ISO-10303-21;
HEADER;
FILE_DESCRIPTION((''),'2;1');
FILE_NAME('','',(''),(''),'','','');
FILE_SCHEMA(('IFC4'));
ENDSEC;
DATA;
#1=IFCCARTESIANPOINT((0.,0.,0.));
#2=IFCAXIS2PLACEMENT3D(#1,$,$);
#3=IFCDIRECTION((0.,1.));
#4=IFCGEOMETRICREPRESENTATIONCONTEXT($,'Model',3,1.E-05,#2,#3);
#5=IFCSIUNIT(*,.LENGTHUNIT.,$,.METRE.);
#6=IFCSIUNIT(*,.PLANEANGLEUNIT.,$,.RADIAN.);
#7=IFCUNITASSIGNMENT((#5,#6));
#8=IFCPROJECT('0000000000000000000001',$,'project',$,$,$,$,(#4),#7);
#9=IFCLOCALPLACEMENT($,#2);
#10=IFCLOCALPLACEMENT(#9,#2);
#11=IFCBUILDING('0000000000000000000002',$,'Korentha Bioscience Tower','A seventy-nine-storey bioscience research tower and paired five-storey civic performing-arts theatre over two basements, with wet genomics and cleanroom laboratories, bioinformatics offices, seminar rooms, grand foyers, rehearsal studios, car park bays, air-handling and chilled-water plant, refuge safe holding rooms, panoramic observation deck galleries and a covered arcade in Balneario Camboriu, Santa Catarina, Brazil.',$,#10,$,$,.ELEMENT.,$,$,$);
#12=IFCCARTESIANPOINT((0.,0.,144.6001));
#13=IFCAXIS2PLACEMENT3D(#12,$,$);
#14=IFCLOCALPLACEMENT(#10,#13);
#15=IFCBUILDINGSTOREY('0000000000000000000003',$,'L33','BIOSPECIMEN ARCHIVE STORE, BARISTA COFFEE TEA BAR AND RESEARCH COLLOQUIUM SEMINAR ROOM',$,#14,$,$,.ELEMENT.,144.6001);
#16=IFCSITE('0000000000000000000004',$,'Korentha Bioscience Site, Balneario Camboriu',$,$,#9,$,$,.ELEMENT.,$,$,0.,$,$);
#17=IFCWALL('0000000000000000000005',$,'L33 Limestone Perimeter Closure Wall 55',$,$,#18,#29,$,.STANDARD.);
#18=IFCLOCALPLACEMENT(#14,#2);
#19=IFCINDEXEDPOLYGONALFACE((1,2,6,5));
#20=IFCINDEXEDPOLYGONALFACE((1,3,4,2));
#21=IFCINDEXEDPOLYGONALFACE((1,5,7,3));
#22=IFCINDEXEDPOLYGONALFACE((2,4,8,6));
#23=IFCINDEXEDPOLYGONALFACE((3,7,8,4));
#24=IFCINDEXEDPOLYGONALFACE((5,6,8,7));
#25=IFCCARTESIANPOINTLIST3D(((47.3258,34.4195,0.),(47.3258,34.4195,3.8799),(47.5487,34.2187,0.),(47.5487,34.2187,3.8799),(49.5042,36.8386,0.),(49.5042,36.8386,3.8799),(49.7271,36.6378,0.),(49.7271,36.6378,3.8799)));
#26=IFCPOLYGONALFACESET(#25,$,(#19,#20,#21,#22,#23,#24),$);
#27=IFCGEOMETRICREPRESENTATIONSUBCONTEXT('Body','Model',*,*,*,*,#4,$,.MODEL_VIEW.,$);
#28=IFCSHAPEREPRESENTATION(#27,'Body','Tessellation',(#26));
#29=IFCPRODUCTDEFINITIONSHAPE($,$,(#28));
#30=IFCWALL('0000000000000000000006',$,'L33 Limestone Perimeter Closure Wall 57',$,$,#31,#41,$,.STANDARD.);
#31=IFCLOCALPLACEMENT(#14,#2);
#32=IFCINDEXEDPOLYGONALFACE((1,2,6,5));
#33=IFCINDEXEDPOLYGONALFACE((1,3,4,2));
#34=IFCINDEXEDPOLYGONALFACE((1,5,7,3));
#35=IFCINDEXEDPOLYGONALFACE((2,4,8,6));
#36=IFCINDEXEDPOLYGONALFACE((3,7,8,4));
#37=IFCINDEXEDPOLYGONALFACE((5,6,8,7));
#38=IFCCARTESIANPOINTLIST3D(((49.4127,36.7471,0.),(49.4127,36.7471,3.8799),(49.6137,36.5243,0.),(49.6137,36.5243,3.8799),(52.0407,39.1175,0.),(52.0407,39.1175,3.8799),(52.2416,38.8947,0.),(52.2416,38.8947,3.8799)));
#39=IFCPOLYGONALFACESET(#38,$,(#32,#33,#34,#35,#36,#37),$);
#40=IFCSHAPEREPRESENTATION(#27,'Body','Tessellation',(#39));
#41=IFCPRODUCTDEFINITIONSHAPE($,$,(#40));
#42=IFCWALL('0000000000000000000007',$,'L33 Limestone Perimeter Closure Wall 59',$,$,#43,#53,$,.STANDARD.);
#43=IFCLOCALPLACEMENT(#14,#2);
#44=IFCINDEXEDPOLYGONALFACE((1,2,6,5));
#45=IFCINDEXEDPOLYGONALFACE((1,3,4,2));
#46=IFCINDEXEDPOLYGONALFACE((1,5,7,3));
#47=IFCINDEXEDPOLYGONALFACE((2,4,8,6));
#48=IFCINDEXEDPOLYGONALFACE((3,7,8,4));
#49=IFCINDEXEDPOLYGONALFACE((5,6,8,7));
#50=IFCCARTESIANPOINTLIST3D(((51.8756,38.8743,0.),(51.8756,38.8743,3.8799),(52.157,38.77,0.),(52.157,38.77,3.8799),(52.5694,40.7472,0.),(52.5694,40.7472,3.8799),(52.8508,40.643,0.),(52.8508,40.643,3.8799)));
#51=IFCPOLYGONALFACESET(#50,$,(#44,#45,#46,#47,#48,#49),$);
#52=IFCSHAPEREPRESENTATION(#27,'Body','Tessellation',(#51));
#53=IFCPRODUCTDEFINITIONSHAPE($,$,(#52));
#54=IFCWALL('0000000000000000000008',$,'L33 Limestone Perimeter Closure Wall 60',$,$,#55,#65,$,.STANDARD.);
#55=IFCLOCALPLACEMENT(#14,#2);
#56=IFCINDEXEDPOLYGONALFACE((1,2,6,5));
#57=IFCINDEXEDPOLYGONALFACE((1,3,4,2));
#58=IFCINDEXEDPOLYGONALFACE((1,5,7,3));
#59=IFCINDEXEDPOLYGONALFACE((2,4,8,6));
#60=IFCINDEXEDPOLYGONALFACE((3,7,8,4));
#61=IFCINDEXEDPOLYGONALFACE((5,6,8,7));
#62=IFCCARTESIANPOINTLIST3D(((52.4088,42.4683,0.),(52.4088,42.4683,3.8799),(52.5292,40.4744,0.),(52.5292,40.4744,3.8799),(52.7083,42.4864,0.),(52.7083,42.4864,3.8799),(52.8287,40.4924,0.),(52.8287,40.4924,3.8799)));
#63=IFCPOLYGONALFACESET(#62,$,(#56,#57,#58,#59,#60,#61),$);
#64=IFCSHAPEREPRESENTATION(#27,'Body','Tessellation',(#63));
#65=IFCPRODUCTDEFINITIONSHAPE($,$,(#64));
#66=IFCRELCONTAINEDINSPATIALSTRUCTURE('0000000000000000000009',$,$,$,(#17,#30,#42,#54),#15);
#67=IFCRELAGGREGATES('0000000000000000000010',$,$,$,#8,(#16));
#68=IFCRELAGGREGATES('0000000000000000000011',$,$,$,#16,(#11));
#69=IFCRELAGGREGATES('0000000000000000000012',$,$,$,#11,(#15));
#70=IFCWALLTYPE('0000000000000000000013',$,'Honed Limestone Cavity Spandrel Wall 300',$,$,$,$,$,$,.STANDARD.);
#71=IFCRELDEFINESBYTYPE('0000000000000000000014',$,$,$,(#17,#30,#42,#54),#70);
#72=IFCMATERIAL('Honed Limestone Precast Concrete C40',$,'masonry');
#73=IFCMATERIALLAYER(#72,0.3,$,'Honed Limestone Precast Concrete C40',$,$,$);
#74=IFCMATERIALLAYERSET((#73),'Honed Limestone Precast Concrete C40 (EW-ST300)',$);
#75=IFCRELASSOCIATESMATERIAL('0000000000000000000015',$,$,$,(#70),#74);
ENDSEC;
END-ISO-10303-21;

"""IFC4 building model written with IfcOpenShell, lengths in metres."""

from ifc_helpers import new_model, si_unit, direction, frame, frame_2d, origin, place, context, subcontext, project, spatial, rectangle, extrude, material, layer, layer_set, type_object, element, save


model = new_model("IFC4")

# Units and contexts
model_context = context("Model", 3, precision=1e-05, world=origin(), true_north=direction((0.0, 1.0)))
body_context = subcontext(model_context, "Body", "Model", "MODEL_VIEW")
ifc_project = project(units=[si_unit("LENGTHUNIT", "METRE"), si_unit("PLANEANGLEUNIT", "RADIAN")], contexts=[model_context])

# Site, building, storey
site_placement = place(None, origin())
site = spatial("IfcSite", under=ifc_project, at=site_placement, Name="Korentha Bioscience Site, Balneario Camboriu", CompositionType="ELEMENT", RefElevation=0.0)
building_placement = place(site_placement, origin())
building = spatial("IfcBuilding", under=site, at=building_placement, Name="Korentha Bioscience Tower", Description="A seventy-nine-storey bioscience research tower and paired five-storey civic performing-arts theatre over two basements, with wet genomics and cleanroom laboratories, bioinformatics offices, seminar rooms, grand foyers, rehearsal studios, car park bays, air-handling and chilled-water plant, refuge safe holding rooms, panoramic observation deck galleries and a covered arcade in Balneario Camboriu, Santa Catarina, Brazil.", CompositionType="ELEMENT")
storey_placement = place(building_placement, frame((0.0, 0.0, 144.6001)))
storey = spatial("IfcBuildingStorey", under=building, at=storey_placement, Name="L33", Description="BIOSPECIMEN ARCHIVE STORE, BARISTA COFFEE TEA BAR AND RESEARCH COLLOQUIUM SEMINAR ROOM", CompositionType="ELEMENT", Elevation=144.6001)

# Walls
ifc_material_1 = material(Name="Honed Limestone Precast Concrete C40", Category="masonry")
ifc_layer_1 = layer(ifc_material_1, 0.3, Name="Honed Limestone Precast Concrete C40")
ifc_layer_set_1 = layer_set([ifc_layer_1], Name="Honed Limestone Precast Concrete C40 (EW-ST300)")
wall_type_1 = type_object("IfcWallType", Name="Honed Limestone Cavity Spandrel Wall 300", PredefinedType="STANDARD", material=ifc_layer_set_1)
wall_1_placement = place(storey_placement, frame((47.4373, 34.3191, 0.0), z_axis=(0.0, 0.0, 1.0), x_axis=(0.669168, 0.743111, 0.0)))
element("IfcWall", 1, at=wall_1_placement, inside=storey, type_object=wall_type_1, Name="L33 Limestone Perimeter Closure Wall 55", PredefinedType="STANDARD", context=body_context, shape_type="SweptSolid", body=[
    extrude(rectangle(XDim=3.2554, YDim=0.3, at=frame_2d((1.6277, 0.0))), origin(), (0.0, 0.0, 1.0), 3.8799),
])
wall_2_placement = place(storey_placement, frame((49.5132, 36.6357, 0.0), z_axis=(0.0, 0.0, 1.0), x_axis=(0.74256, 0.66978, 0.0)))
element("IfcWall", 2, at=wall_2_placement, inside=storey, type_object=wall_type_1, Name="L33 Limestone Perimeter Closure Wall 57", PredefinedType="STANDARD", context=body_context, shape_type="SweptSolid", body=[
    extrude(rectangle(XDim=3.5391, YDim=0.3, at=frame_2d((1.7695, 0.0))), origin(), (0.0, 0.0, 1.0), 3.8799),
])
wall_3_placement = place(storey_placement, frame((52.0164, 38.8223, 0.0), z_axis=(0.0, 0.0, 1.0), x_axis=(0.34737, 0.937728, 0.0)))
element("IfcWall", 3, at=wall_3_placement, inside=storey, type_object=wall_type_1, Name="L33 Limestone Perimeter Closure Wall 59", PredefinedType="STANDARD", context=body_context, shape_type="SweptSolid", body=[
    extrude(rectangle(XDim=1.9973, YDim=0.3, at=frame_2d((0.9985, 0.0))), origin(), (0.0, 0.0, 1.0), 3.8799),
])
wall_4_placement = place(storey_placement, frame((52.679, 40.4834, 0.0), z_axis=(0.0, 0.0, 1.0), x_axis=(-0.060255, 0.998183, 0.0)))
element("IfcWall", 4, at=wall_4_placement, inside=storey, type_object=wall_type_1, Name="L33 Limestone Perimeter Closure Wall 60", PredefinedType="STANDARD", context=body_context, shape_type="SweptSolid", body=[
    extrude(rectangle(XDim=1.9976, YDim=0.3, at=frame_2d((0.9988, 0.0))), origin(), (0.0, 0.0, 1.0), 3.8799),
])

save(model, "model.ifc")
